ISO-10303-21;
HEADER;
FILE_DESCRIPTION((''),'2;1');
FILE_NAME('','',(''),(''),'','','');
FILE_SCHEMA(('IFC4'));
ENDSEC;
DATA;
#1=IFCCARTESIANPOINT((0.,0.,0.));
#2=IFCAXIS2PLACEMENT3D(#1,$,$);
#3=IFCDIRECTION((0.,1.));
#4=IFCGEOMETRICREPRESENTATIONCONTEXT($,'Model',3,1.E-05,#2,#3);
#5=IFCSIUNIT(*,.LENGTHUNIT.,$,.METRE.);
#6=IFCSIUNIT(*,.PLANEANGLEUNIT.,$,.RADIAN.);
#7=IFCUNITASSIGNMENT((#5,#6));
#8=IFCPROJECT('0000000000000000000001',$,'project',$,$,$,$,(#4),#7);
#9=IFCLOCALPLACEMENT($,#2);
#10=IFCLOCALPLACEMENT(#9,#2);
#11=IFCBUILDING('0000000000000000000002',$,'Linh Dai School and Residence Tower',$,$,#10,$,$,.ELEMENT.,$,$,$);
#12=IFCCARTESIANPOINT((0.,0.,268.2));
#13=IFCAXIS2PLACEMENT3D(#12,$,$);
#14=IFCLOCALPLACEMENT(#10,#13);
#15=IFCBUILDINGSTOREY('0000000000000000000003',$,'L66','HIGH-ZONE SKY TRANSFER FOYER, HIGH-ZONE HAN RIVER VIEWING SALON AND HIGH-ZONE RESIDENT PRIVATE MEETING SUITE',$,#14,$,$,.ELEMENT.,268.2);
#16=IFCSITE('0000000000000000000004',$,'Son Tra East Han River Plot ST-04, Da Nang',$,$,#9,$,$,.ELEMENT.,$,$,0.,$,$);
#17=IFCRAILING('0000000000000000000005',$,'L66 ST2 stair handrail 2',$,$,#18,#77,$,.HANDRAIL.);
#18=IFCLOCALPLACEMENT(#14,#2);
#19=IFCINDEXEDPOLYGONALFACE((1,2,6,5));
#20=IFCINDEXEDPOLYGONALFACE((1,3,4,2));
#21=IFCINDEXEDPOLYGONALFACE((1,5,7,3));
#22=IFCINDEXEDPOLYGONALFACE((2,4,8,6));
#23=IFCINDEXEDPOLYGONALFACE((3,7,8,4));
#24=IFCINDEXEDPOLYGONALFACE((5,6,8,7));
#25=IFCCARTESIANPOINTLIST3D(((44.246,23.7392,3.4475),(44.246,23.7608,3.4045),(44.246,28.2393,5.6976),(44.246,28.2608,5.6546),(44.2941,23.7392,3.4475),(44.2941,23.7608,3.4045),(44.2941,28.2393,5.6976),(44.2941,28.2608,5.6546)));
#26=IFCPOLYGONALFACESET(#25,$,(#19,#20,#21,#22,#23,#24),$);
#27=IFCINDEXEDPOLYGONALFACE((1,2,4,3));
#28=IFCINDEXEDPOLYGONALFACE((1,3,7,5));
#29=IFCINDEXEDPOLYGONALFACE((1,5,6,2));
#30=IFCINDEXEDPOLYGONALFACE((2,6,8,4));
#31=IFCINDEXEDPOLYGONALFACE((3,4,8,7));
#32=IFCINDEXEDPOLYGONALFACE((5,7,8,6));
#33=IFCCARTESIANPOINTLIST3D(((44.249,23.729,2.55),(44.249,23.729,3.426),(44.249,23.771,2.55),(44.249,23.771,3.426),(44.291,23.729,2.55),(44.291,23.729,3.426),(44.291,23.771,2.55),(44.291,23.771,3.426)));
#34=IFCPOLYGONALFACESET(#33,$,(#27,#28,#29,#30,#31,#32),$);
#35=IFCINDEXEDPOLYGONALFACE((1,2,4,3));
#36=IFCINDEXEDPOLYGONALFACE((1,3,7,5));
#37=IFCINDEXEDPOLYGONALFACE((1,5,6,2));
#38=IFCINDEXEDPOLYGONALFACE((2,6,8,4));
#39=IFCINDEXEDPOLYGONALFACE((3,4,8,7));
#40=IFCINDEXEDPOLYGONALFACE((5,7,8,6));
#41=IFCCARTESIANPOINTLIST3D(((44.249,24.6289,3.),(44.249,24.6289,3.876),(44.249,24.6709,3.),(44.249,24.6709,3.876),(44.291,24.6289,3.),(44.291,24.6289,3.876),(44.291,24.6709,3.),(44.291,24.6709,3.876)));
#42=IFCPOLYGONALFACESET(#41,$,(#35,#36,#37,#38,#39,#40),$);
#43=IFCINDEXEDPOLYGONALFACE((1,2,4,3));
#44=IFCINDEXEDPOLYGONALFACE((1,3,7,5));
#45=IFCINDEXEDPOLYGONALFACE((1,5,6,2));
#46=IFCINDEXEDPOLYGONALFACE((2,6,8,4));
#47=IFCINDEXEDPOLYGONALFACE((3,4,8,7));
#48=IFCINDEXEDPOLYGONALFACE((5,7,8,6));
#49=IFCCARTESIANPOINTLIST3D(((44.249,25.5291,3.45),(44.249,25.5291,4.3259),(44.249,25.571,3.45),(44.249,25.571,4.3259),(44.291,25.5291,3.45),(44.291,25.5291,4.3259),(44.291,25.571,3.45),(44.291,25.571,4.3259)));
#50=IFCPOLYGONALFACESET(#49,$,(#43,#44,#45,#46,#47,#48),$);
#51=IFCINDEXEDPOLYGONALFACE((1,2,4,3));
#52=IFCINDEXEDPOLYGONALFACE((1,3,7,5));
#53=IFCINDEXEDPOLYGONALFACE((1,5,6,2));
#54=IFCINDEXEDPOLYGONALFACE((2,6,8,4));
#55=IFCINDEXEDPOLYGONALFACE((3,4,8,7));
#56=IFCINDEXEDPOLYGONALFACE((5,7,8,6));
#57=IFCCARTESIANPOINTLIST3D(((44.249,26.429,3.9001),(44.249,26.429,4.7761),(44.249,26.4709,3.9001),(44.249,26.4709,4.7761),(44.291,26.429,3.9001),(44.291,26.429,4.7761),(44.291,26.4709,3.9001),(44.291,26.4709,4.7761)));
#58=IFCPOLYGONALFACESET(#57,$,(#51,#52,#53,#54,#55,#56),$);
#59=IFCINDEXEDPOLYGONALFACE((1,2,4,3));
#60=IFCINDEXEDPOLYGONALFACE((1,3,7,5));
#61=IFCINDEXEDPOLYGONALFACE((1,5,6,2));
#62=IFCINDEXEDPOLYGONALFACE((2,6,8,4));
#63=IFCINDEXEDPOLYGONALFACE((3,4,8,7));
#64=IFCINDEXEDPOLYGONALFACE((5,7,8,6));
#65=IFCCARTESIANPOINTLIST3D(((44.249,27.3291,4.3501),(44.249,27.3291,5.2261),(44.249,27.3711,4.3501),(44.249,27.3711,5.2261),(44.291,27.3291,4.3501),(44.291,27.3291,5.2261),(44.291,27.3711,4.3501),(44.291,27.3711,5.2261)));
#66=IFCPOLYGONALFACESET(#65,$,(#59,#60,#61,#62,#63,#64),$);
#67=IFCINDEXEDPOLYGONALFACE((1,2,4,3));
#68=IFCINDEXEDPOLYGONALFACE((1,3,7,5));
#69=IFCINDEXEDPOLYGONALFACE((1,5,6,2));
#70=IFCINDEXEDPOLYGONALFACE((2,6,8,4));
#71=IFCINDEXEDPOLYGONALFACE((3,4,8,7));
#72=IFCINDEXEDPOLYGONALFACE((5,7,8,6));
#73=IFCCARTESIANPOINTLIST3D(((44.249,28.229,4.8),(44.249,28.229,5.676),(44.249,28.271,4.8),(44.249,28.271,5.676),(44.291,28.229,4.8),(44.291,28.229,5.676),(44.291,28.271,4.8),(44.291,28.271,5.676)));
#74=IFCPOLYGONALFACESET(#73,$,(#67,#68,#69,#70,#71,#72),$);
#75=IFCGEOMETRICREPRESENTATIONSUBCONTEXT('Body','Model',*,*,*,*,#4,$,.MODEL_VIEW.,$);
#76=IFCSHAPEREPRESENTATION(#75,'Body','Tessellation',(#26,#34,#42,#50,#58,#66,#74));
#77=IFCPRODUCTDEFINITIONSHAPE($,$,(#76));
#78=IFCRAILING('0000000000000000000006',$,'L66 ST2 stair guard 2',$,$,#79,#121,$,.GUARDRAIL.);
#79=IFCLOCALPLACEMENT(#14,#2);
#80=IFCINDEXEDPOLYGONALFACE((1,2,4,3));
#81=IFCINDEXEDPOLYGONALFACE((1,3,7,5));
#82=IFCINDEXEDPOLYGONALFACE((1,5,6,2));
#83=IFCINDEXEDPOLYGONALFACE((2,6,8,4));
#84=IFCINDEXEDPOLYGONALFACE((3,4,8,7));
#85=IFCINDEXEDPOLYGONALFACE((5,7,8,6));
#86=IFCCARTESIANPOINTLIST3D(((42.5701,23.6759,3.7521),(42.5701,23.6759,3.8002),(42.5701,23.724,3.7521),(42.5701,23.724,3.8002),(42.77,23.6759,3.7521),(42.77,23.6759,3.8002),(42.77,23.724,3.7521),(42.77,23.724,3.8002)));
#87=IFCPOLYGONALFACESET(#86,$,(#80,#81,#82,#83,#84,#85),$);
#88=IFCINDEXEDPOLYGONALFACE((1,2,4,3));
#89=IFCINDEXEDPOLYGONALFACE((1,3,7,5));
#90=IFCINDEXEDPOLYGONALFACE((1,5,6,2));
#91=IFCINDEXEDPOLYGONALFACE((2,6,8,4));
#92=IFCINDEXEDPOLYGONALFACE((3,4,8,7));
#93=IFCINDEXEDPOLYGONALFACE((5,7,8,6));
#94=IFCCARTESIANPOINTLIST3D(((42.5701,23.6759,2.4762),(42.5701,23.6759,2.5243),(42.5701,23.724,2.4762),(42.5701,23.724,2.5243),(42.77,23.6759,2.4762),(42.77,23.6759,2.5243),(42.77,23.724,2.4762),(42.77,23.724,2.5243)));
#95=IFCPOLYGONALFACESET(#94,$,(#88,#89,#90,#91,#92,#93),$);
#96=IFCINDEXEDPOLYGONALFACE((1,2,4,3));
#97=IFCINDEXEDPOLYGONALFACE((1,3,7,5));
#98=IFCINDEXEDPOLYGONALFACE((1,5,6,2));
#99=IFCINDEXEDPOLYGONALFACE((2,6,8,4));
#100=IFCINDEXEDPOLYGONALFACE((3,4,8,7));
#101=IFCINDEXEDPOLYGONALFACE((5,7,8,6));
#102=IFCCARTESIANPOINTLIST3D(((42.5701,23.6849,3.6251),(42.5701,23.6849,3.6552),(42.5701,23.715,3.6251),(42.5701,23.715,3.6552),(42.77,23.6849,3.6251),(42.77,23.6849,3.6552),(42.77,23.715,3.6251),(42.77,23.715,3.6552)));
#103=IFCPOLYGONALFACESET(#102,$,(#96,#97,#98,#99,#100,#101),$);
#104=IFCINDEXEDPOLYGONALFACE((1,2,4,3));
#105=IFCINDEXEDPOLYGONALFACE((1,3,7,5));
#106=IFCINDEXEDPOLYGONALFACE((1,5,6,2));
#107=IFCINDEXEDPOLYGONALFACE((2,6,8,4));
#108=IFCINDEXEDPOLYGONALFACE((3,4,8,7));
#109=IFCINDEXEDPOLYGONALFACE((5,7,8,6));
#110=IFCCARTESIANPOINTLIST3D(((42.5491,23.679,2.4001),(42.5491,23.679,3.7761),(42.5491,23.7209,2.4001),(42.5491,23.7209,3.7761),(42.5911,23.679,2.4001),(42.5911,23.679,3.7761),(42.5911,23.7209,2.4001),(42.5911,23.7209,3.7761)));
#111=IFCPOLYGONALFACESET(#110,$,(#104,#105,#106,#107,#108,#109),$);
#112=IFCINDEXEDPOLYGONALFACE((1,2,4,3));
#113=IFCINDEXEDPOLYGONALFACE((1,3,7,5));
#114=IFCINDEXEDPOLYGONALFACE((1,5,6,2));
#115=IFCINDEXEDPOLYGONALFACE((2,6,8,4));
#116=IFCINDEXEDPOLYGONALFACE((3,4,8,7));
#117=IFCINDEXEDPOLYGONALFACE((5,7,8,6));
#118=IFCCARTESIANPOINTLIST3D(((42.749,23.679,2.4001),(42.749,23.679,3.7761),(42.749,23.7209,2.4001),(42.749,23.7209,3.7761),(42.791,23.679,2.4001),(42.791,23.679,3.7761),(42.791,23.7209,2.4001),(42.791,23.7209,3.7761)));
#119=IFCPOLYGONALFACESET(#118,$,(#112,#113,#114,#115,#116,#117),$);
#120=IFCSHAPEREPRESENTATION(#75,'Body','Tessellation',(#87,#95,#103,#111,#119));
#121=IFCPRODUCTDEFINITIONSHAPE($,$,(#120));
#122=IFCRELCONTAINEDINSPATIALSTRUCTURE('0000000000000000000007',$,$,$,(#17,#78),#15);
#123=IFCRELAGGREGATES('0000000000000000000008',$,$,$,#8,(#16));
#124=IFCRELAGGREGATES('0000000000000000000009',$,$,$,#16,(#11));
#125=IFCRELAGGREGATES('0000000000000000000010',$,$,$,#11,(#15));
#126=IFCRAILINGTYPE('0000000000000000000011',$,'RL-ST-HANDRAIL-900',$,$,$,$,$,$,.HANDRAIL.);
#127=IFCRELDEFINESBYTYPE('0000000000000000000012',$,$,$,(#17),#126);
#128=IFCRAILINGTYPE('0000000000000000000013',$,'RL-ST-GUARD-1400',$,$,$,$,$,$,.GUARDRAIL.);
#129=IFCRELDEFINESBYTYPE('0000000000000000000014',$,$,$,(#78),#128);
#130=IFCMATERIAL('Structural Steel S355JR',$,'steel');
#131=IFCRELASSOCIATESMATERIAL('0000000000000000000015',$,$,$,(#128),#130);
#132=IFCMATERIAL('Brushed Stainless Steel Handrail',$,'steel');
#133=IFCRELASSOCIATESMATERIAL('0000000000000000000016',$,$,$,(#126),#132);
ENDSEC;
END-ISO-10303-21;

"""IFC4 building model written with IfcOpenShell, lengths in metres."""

from ifc_helpers import new_model, si_unit, direction, frame, origin, origin_2d, place, context, subcontext, project, spatial, rectangle, extrude, source, transform, mapped, material, type_object, element, save


model = new_model("IFC4")

# Units and contexts
model_context = context("Model", 3, precision=1e-05, world=origin(), true_north=direction((0.0, 1.0)))
body_context = subcontext(model_context, "Body", "Model", "MODEL_VIEW")
ifc_project = project(units=[si_unit("LENGTHUNIT", "METRE"), si_unit("PLANEANGLEUNIT", "RADIAN")], contexts=[model_context])

# Site, building, storey
site_placement = place(None, origin())
site = spatial("IfcSite", under=ifc_project, at=site_placement, Name="Son Tra East Han River Plot ST-04, Da Nang", CompositionType="ELEMENT", RefElevation=0.0)
building_placement = place(site_placement, origin())
building = spatial("IfcBuilding", under=site, at=building_placement, Name="Linh Dai School and Residence Tower", CompositionType="ELEMENT")
storey_placement = place(building_placement, frame((0.0, 0.0, 268.2)))
storey = spatial("IfcBuildingStorey", under=building, at=storey_placement, Name="L66", Description="HIGH-ZONE SKY TRANSFER FOYER, HIGH-ZONE HAN RIVER VIEWING SALON AND HIGH-ZONE RESIDENT PRIVATE MEETING SUITE", CompositionType="ELEMENT", Elevation=268.2)

# Shared definitions
ifc_material_1 = material(Name="Structural Steel S355JR", Category="steel")

# Railings
railing_type_1 = type_object("IfcRailingType", Name="RL-ST-GUARD-1400", PredefinedType="GUARDRAIL", material=ifc_material_1)
ifc_material_2 = material(Name="Brushed Stainless Steel Handrail", Category="steel")
railing_type_2 = type_object("IfcRailingType", Name="RL-ST-HANDRAIL-900", PredefinedType="HANDRAIL", material=ifc_material_2)
shared_shape_1 = source(origin(), body_context, "Body", "SweptSolid", [
    extrude(rectangle(XDim=0.0481, YDim=0.0481, at=origin_2d()), frame((0.0, 0.0, 0.876), z_axis=(0.0, 0.894427, 0.447214), x_axis=(-1.0, 0.0, 0.0)), (0.0, 0.0, 1.0), 5.0312),
    extrude(rectangle(XDim=0.042, YDim=0.042, at=origin_2d()), origin(), (0.0, 0.0, 1.0), 0.876),
    extrude(rectangle(XDim=0.042, YDim=0.042, at=origin_2d()), frame((0.0, 0.8999, 0.45)), (0.0, 0.0, 1.0), 0.876),
    extrude(rectangle(XDim=0.042, YDim=0.042, at=origin_2d()), frame((0.0, 1.8, 0.8999)), (0.0, 0.0, 1.0), 0.876),
    extrude(rectangle(XDim=0.042, YDim=0.042, at=origin_2d()), frame((0.0, 2.7, 1.3501)), (0.0, 0.0, 1.0), 0.876),
    extrude(rectangle(XDim=0.042, YDim=0.042, at=origin_2d()), frame((0.0, 3.6001, 1.8)), (0.0, 0.0, 1.0), 0.876),
    extrude(rectangle(XDim=0.042, YDim=0.042, at=origin_2d()), frame((0.0, 4.5, 2.25)), (0.0, 0.0, 1.0), 0.876),
])
railing_1_placement = place(storey_placement, frame((44.27, 23.75, 2.55)))
element("IfcRailing", 1, at=railing_1_placement, inside=storey, type_object=railing_type_2, Name="L66 ST2 stair handrail 2", PredefinedType="HANDRAIL", context=body_context, shape_type="MappedRepresentation", body=[
    mapped(shared_shape_1, transform((0.0, 0.0, 0.0), x_axis=(1.0, 0.0, 0.0), y_axis=(0.0, 1.0, 0.0), z_axis=(0.0, 0.0, 1.0), scale=1.0)),
])
shared_shape_2 = source(origin(), body_context, "Body", "SweptSolid", [
    extrude(rectangle(XDim=0.0481, YDim=0.0481, at=origin_2d()), frame((0.0, 0.0, 1.376), z_axis=(1.0, 0.0, 0.0), x_axis=(0.0, 1.0, 0.0)), (0.0, 0.0, 1.0), 0.2),
    extrude(rectangle(XDim=0.0481, YDim=0.0481, at=origin_2d()), frame((0.0, 0.0, 0.1001), z_axis=(1.0, 0.0, 0.0), x_axis=(0.0, 1.0, 0.0)), (0.0, 0.0, 1.0), 0.2),
    extrude(rectangle(XDim=0.03, YDim=0.03, at=origin_2d()), frame((0.0, 0.0, 1.24), z_axis=(1.0, 0.0, 0.0), x_axis=(0.0, 1.0, 0.0)), (0.0, 0.0, 1.0), 0.2),
    extrude(rectangle(XDim=0.042, YDim=0.042, at=origin_2d()), origin(), (0.0, 0.0, 1.0), 1.376),
    extrude(rectangle(XDim=0.042, YDim=0.042, at=origin_2d()), frame((0.2, 0.0, 0.0)), (0.0, 0.0, 1.0), 1.376),
])
railing_2_placement = place(storey_placement, frame((42.5701, 23.7, 2.4001)))
element("IfcRailing", 2, at=railing_2_placement, inside=storey, type_object=railing_type_1, Name="L66 ST2 stair guard 2", PredefinedType="GUARDRAIL", context=body_context, shape_type="MappedRepresentation", body=[
    mapped(shared_shape_2, transform((0.0, 0.0, 0.0), x_axis=(1.0, 0.0, 0.0), y_axis=(0.0, 1.0, 0.0), z_axis=(0.0, 0.0, 1.0), scale=1.0)),
])

save(model, "model.ifc")
